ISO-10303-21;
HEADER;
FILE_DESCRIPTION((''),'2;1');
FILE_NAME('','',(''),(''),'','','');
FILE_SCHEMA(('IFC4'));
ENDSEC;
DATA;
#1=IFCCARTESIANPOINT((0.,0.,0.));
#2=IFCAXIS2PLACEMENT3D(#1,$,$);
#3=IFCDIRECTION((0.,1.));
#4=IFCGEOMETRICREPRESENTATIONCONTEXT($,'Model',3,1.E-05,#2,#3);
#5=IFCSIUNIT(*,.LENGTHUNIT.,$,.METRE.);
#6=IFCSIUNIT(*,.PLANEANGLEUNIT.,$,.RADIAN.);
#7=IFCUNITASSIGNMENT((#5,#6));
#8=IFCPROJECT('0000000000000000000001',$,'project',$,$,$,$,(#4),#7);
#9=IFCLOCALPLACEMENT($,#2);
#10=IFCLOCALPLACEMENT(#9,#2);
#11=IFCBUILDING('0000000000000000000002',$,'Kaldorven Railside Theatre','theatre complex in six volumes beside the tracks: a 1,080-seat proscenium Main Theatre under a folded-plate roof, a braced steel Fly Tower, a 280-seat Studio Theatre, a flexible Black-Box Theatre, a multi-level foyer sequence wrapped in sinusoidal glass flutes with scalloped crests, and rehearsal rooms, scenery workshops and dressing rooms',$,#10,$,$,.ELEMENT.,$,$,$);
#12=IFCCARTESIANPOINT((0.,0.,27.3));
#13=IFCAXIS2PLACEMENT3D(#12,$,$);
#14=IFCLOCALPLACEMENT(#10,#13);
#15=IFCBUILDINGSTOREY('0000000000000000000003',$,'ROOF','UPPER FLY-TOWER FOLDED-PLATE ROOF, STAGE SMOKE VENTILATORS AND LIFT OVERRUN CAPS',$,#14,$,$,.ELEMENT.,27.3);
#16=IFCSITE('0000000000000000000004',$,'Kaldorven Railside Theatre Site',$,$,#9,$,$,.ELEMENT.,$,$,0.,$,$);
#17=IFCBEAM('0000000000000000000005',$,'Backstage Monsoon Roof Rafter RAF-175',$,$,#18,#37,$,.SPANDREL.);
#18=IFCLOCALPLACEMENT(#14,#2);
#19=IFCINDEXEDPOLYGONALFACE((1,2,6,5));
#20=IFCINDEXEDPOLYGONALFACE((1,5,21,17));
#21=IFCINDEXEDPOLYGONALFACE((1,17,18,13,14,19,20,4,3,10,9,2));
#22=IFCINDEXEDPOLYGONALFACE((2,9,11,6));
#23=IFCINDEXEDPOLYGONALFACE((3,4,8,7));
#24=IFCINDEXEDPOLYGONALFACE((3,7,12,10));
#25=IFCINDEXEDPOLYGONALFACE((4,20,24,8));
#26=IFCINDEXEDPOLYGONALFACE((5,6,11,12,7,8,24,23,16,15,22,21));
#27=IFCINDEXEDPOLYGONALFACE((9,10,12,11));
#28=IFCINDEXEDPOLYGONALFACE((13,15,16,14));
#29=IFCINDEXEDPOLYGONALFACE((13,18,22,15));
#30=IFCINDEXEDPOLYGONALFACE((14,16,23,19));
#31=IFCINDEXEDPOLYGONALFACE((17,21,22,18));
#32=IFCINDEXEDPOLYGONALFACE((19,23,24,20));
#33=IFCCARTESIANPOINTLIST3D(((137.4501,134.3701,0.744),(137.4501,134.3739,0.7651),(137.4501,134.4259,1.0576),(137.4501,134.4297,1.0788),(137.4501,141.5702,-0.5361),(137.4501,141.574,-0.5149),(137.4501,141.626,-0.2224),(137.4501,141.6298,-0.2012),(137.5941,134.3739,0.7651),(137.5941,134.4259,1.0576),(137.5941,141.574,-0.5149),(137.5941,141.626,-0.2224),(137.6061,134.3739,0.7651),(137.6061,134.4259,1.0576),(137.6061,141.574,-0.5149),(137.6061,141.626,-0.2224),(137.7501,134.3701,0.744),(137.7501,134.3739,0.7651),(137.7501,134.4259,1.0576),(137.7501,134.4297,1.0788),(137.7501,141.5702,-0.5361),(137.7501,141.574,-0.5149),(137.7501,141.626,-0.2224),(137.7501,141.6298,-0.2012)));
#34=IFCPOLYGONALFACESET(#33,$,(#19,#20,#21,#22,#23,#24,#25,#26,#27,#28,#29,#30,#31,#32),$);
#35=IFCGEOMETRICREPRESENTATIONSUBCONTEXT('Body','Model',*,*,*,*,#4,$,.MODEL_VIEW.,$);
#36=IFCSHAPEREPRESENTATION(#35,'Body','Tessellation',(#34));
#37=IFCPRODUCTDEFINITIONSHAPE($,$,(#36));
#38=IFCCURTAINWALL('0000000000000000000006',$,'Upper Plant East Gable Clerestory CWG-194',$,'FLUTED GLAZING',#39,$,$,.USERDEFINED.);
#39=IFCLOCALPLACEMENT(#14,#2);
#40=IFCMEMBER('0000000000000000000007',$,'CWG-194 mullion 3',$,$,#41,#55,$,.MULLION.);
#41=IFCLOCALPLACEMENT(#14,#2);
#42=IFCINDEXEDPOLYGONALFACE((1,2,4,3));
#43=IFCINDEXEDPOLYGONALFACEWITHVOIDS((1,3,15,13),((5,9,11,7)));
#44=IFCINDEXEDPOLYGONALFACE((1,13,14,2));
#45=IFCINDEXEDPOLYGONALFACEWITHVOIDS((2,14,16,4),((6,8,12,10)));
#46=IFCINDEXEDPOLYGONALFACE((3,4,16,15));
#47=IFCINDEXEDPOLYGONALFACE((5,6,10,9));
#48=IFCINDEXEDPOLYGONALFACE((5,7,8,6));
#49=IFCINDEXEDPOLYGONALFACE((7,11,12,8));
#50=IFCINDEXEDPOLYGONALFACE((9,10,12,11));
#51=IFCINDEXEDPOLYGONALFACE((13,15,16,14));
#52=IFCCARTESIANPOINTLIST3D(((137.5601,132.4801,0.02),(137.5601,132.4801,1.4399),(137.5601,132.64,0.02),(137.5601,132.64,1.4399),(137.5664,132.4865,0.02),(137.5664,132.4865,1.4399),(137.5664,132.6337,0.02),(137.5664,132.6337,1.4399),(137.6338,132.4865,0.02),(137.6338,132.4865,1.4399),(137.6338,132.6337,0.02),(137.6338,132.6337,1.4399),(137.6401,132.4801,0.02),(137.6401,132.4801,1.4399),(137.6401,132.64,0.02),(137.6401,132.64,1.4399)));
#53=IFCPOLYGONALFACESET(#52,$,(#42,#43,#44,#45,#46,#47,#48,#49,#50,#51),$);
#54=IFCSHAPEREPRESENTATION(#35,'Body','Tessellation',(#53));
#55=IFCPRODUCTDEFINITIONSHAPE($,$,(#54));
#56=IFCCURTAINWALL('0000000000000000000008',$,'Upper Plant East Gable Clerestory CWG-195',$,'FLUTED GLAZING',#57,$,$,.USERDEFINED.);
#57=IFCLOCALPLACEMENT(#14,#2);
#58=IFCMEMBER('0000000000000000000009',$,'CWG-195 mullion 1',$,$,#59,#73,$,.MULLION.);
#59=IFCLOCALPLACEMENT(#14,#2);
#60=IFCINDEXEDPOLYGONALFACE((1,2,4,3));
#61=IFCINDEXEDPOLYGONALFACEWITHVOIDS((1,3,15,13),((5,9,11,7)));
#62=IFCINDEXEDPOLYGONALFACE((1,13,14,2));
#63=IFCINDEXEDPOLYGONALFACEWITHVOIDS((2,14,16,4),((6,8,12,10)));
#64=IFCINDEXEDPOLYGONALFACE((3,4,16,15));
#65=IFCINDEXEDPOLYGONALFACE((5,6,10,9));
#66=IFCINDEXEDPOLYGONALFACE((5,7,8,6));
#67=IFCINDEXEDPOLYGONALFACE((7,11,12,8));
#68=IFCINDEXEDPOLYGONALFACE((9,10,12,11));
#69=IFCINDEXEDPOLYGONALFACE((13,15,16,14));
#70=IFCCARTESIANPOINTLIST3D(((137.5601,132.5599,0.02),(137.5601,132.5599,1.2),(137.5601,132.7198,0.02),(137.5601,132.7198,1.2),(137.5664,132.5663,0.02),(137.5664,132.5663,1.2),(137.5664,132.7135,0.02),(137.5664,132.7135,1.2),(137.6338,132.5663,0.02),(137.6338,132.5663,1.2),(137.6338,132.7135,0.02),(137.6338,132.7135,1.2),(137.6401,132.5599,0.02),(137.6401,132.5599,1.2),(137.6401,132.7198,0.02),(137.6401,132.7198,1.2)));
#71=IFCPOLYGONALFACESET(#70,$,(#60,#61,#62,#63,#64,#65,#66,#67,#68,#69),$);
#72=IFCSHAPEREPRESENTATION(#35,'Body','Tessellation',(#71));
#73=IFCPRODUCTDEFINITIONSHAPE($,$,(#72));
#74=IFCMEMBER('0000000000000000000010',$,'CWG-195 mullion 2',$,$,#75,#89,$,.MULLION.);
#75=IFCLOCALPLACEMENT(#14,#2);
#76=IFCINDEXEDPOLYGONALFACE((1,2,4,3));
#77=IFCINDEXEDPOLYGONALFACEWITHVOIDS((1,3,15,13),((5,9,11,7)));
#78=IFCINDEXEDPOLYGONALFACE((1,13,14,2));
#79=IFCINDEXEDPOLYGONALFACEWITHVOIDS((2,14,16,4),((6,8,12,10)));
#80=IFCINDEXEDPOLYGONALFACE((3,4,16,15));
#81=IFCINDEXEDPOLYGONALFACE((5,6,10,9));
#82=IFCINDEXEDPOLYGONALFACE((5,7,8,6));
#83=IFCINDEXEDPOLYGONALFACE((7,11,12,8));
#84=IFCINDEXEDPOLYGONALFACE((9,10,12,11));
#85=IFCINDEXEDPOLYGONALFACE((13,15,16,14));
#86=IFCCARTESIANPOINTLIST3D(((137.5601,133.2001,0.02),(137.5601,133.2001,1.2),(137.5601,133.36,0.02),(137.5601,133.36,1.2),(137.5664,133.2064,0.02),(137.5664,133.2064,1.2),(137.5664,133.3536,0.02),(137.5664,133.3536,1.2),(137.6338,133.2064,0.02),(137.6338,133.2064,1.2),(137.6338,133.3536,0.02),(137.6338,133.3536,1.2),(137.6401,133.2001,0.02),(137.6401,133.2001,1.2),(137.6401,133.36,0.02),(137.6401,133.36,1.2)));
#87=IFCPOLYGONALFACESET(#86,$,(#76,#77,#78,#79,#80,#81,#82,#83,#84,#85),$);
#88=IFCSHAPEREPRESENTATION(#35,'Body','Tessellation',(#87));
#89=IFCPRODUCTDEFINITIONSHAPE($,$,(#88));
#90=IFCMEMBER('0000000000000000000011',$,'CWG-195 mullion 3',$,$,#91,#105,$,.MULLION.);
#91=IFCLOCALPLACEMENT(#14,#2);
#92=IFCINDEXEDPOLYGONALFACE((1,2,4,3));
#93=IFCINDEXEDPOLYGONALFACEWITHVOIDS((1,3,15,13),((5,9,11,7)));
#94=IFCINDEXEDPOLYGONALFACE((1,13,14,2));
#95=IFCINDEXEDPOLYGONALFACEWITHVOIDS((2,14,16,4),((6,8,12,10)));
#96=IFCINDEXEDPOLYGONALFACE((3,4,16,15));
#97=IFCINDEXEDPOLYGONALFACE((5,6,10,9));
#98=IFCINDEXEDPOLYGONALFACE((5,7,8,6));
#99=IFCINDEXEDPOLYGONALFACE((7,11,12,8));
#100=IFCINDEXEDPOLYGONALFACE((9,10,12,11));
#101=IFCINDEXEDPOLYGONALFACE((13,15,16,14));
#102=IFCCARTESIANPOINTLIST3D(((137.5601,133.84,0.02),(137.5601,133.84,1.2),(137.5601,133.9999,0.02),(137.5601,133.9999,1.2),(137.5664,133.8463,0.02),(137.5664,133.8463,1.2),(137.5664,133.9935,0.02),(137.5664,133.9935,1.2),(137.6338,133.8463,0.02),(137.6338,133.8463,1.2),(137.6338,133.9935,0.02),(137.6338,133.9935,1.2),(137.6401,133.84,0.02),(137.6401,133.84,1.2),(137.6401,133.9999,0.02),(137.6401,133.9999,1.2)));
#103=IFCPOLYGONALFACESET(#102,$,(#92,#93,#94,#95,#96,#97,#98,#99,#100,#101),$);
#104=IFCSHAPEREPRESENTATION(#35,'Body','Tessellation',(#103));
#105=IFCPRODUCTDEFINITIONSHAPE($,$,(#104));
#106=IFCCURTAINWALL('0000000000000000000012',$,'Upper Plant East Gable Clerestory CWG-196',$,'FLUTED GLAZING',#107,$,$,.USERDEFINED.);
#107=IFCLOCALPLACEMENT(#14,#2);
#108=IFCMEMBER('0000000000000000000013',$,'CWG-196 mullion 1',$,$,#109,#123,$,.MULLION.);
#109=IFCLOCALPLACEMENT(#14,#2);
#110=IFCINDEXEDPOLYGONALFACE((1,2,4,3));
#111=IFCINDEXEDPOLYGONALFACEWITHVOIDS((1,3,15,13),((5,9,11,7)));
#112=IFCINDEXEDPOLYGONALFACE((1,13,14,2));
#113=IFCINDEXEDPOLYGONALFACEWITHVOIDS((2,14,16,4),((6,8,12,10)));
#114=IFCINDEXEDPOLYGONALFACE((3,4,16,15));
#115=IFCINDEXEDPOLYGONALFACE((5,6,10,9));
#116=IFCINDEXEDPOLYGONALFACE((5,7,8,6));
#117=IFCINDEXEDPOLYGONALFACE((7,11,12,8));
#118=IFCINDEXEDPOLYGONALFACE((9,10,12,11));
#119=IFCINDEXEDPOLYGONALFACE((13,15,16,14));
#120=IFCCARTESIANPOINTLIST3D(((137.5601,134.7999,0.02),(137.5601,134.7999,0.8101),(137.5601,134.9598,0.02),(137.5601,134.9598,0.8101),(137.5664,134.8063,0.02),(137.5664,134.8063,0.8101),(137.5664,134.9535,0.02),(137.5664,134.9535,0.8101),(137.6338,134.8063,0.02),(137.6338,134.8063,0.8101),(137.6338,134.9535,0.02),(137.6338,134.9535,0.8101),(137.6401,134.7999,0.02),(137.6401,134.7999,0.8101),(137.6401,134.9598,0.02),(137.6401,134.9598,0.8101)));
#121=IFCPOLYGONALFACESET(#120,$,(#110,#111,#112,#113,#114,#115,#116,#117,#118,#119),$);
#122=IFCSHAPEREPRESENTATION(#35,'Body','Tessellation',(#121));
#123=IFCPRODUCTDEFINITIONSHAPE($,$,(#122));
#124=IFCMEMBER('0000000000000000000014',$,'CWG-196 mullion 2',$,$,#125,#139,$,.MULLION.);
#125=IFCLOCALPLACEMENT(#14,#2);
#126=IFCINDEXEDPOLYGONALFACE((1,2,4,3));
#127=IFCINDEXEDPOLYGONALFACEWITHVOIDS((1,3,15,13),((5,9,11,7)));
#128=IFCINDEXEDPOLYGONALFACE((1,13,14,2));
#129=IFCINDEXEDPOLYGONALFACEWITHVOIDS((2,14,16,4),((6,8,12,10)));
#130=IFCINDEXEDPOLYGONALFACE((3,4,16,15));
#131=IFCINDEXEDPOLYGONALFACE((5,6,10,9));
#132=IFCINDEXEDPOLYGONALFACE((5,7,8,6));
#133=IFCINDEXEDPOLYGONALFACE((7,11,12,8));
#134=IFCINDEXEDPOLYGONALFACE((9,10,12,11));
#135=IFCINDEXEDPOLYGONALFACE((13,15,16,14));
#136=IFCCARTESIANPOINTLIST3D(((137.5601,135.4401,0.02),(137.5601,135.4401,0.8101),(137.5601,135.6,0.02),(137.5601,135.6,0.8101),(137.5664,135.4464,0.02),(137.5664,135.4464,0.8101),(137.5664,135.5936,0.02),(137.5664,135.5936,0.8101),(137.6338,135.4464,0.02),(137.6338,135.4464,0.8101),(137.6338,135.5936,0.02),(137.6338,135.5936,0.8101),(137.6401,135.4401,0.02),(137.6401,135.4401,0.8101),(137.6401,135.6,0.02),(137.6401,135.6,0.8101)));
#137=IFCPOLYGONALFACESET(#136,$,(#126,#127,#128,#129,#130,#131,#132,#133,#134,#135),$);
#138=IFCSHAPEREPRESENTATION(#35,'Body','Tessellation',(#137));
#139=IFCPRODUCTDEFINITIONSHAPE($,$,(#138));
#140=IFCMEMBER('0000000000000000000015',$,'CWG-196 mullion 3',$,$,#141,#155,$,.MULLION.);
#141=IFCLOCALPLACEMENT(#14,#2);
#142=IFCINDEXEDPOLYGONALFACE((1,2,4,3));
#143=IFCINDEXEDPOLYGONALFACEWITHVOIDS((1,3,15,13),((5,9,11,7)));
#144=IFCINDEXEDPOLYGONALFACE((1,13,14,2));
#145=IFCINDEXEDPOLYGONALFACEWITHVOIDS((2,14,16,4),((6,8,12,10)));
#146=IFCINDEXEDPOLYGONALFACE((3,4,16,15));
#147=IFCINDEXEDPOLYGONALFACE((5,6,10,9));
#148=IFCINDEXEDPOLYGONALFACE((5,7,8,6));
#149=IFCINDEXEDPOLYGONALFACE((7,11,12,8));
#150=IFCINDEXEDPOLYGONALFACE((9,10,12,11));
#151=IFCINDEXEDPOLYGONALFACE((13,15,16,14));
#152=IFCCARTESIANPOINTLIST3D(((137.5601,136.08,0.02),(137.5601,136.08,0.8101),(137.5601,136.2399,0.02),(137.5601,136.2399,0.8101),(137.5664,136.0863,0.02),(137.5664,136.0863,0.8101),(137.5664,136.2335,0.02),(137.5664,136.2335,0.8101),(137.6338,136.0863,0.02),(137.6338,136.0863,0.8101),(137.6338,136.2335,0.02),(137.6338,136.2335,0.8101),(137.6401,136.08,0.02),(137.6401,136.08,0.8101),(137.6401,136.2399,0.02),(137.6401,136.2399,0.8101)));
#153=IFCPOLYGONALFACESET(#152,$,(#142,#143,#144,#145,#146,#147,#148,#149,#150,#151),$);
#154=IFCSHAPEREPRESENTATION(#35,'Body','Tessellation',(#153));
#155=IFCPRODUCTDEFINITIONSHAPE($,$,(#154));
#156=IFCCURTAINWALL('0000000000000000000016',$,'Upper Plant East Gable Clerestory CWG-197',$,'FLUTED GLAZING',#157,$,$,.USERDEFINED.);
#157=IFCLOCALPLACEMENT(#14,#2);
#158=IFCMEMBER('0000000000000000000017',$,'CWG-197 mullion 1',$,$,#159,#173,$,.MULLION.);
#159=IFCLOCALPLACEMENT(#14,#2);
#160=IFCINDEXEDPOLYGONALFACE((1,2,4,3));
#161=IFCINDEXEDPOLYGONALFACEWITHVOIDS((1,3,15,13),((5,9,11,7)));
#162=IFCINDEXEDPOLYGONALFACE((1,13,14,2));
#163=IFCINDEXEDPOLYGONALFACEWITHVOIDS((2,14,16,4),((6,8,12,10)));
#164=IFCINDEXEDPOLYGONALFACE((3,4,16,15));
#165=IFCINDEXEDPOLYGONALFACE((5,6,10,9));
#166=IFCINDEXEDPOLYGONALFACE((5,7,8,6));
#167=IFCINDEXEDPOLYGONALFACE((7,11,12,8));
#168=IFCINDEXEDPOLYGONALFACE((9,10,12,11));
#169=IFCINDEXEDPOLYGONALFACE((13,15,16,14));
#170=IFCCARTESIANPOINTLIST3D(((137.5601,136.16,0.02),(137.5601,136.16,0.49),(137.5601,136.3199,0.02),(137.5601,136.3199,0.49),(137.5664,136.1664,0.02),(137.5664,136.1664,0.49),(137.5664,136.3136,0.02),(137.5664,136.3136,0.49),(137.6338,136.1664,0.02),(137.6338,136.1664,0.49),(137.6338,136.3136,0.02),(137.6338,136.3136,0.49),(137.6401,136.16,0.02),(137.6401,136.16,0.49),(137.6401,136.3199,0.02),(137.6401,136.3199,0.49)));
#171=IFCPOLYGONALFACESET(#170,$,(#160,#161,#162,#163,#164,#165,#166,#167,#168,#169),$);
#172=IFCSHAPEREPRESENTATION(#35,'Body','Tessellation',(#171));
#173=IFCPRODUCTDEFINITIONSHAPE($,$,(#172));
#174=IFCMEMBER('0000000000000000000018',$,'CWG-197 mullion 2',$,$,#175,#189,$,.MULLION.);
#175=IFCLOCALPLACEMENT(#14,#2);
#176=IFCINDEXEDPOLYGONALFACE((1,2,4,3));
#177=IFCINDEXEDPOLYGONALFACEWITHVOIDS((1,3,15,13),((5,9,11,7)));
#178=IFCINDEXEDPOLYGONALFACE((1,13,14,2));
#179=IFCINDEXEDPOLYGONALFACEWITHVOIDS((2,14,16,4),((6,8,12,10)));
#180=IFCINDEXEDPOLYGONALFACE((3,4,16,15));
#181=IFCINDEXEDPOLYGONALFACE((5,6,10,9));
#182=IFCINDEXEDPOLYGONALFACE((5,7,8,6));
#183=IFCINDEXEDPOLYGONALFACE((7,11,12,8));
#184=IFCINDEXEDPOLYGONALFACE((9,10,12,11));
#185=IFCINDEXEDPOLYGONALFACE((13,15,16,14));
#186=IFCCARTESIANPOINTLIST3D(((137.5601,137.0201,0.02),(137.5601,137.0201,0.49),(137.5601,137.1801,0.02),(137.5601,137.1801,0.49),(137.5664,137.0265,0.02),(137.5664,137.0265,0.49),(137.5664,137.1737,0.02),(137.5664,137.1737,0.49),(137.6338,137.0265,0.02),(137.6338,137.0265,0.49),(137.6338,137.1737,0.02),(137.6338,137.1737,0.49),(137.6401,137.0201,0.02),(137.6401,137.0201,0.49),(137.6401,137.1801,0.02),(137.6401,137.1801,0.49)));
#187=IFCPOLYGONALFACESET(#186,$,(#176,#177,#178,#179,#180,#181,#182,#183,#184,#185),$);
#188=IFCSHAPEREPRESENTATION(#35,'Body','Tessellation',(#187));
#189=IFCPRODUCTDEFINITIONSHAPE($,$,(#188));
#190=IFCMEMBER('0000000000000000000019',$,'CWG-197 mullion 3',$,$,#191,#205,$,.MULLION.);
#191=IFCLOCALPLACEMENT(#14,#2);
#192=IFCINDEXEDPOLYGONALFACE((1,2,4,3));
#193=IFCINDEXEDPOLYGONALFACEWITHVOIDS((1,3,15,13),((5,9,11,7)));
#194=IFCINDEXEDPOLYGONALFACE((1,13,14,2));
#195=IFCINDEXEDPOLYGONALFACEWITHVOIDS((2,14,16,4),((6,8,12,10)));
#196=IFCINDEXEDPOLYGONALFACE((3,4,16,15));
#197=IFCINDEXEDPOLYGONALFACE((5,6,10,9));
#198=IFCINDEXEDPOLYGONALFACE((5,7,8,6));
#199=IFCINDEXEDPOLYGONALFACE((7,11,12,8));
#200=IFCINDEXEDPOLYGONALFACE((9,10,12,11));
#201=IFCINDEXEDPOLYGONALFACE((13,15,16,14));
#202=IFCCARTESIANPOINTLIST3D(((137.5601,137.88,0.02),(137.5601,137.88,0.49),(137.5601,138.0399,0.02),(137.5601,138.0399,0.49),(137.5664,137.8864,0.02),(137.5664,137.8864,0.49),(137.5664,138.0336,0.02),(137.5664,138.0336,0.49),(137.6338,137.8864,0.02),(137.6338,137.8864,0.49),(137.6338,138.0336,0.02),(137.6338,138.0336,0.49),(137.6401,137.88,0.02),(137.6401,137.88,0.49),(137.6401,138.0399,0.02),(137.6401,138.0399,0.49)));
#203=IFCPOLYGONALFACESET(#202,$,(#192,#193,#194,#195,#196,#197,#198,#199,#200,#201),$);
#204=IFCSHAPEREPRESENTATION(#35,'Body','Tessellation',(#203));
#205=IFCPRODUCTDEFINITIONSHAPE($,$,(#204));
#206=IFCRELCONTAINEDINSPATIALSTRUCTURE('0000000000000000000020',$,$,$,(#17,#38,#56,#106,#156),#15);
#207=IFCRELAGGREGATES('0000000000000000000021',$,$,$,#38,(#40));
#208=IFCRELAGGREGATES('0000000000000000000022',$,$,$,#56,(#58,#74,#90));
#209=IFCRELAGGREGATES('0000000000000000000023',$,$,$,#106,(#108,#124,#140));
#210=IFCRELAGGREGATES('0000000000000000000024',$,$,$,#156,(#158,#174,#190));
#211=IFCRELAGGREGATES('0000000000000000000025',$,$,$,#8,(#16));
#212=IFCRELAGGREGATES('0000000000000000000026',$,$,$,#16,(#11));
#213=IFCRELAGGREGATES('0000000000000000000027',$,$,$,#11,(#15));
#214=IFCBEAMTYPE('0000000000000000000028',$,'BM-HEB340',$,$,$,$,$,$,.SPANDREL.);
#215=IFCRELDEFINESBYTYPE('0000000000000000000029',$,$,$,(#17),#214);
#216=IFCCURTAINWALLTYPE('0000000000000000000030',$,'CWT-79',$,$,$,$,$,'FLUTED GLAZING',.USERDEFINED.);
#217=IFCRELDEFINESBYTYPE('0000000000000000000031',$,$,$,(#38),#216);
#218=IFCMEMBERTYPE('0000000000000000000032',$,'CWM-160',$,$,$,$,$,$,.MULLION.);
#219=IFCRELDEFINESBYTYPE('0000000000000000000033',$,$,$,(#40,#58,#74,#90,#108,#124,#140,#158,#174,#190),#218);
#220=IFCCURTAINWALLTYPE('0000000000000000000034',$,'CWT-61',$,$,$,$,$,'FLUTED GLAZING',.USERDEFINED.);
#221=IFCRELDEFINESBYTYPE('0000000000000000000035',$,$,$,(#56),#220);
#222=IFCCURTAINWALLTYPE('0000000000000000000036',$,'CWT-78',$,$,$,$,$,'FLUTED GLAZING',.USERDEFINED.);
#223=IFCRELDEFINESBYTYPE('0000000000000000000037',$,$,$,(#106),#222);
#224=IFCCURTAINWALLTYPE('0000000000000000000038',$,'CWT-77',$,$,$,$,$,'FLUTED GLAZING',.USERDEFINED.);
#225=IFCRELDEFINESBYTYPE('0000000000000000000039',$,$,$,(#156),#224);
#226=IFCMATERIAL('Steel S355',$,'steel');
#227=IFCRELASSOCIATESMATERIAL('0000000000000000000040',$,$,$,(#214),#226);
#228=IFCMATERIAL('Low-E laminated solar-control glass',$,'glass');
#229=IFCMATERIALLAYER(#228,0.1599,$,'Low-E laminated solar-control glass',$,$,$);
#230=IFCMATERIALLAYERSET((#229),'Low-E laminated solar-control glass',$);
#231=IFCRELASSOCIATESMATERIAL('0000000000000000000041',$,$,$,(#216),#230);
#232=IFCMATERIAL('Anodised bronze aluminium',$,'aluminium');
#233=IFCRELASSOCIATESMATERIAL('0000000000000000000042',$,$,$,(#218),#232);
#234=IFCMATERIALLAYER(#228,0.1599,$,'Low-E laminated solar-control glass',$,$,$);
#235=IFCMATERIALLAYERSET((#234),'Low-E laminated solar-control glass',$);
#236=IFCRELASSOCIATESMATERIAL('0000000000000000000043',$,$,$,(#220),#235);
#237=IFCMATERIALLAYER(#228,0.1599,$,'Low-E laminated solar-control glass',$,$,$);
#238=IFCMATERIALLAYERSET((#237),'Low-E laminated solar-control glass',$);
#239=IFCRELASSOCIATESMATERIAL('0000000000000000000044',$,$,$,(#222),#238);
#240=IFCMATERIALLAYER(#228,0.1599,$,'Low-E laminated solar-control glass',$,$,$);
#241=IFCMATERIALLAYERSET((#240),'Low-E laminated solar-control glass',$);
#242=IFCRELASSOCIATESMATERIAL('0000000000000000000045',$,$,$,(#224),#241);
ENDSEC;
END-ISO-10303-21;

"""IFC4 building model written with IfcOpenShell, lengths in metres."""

from ifc_helpers import new_model, si_unit, direction, frame, origin, origin_2d, place, context, subcontext, project, spatial, hollow_rectangle, i_section, extrude, material, layer, layer_set, material_profile, profile_set, type_object, element, aggregate, save


model = new_model("IFC4")

# Units and contexts
model_context = context("Model", 3, precision=1e-05, world=origin(), true_north=direction((0.0, 1.0)))
body_context = subcontext(model_context, "Body", "Model", "MODEL_VIEW")
ifc_project = project(units=[si_unit("LENGTHUNIT", "METRE"), si_unit("PLANEANGLEUNIT", "RADIAN")], contexts=[model_context])

# Site, building, storey
site_placement = place(None, origin())
site = spatial("IfcSite", under=ifc_project, at=site_placement, Name="Kaldorven Railside Theatre Site", CompositionType="ELEMENT", RefElevation=0.0)
building_placement = place(site_placement, origin())
building = spatial("IfcBuilding", under=site, at=building_placement, Name="Kaldorven Railside Theatre", Description="theatre complex in six volumes beside the tracks: a 1,080-seat proscenium Main Theatre under a folded-plate roof, a braced steel Fly Tower, a 280-seat Studio Theatre, a flexible Black-Box Theatre, a multi-level foyer sequence wrapped in sinusoidal glass flutes with scalloped crests, and rehearsal rooms, scenery workshops and dressing rooms", CompositionType="ELEMENT")
storey_placement = place(building_placement, frame((0.0, 0.0, 27.3)))
storey = spatial("IfcBuildingStorey", under=building, at=storey_placement, Name="ROOF", Description="UPPER FLY-TOWER FOLDED-PLATE ROOF, STAGE SMOKE VENTILATORS AND LIFT OVERRUN CAPS", CompositionType="ELEMENT", Elevation=27.3)

# Beam
ifc_material_1 = material(Name="Steel S355", Category="steel")
ifc_material_profile_1 = material_profile(ifc_material_1, i_section(OverallWidth=0.3, OverallDepth=0.3401, WebThickness=0.012, FlangeThickness=0.0215, at=origin_2d()), Name="HEB 340")
ifc_profile_set_1 = profile_set([ifc_material_profile_1], Name="Steel S355")
beam_type = type_object("IfcBeamType", Name="BM-HEB340", PredefinedType="SPANDREL", material=ifc_profile_set_1)
beam_placement = place(storey_placement, frame((137.6001, 134.3999, 0.9114), z_axis=(0.0, 0.984563, -0.175033), x_axis=(-1.0, 0.0, 0.0)))
element("IfcBeam", 1, at=beam_placement, inside=storey, type_object=beam_type, Name="Backstage Monsoon Roof Rafter RAF-175", PredefinedType="SPANDREL", context=body_context, shape_type="SweptSolid", body=[
    extrude(i_section(OverallWidth=0.3, OverallDepth=0.3401, WebThickness=0.012, FlangeThickness=0.0215, at=origin_2d()), origin(), (0.0, 0.0, 1.0), 7.313),
])

# Curtain wall, member
ifc_material_2 = material(Name="Low-E laminated solar-control glass", Category="glass")
ifc_layer_1 = layer(ifc_material_2, 0.1599, Name="Low-E laminated solar-control glass")
ifc_layer_set_1 = layer_set([ifc_layer_1], Name="Low-E laminated solar-control glass")
curtain_wall_type_1 = type_object("IfcCurtainWallType", Name="CWT-79", ElementType="FLUTED GLAZING", PredefinedType="USERDEFINED", material=ifc_layer_set_1)
curtain_wall_1_placement = place(storey_placement, origin())
curtain_wall_1 = element("IfcCurtainWall", 2, at=curtain_wall_1_placement, inside=storey, type_object=curtain_wall_type_1, Name="Upper Plant East Gable Clerestory CWG-194", ObjectType="FLUTED GLAZING", PredefinedType="USERDEFINED")
ifc_material_3 = material(Name="Anodised bronze aluminium", Category="aluminium")
ifc_material_profile_2 = material_profile(ifc_material_3, hollow_rectangle(XDim=0.0801, YDim=0.1599, WallThickness=0.0063, at=origin_2d()), Name="RHS 160x80x6.3")
ifc_profile_set_2 = profile_set([ifc_material_profile_2], Name="Anodised bronze aluminium")
member_type_1 = type_object("IfcMemberType", Name="CWM-160", PredefinedType="MULLION", material=ifc_profile_set_2)
member_1_placement = place(storey_placement, frame((137.6001, 132.5601, 0.02), z_axis=(0.0, 0.0, 1.0), x_axis=(-1.0, 0.0, 0.0)))
member_1 = element("IfcMember", 3, at=member_1_placement, type_object=member_type_1, Name="CWG-194 mullion 3", PredefinedType="MULLION", context=body_context, shape_type="SweptSolid", body=[
    extrude(hollow_rectangle(XDim=0.0801, YDim=0.1599, WallThickness=0.0063, at=origin_2d()), origin(), (0.0, 0.0, 1.0), 1.4199),
])
aggregate(curtain_wall_1, [member_1])

# Curtain walls, members
ifc_layer_2 = layer(ifc_material_2, 0.1599, Name="Low-E laminated solar-control glass")
ifc_layer_set_2 = layer_set([ifc_layer_2], Name="Low-E laminated solar-control glass")
curtain_wall_type_2 = type_object("IfcCurtainWallType", Name="CWT-61", ElementType="FLUTED GLAZING", PredefinedType="USERDEFINED", material=ifc_layer_set_2)
curtain_wall_2_placement = place(storey_placement, origin())
curtain_wall_2 = element("IfcCurtainWall", 4, at=curtain_wall_2_placement, inside=storey, type_object=curtain_wall_type_2, Name="Upper Plant East Gable Clerestory CWG-195", ObjectType="FLUTED GLAZING", PredefinedType="USERDEFINED")
member_2_placement = place(storey_placement, frame((137.6001, 132.6399, 0.02), z_axis=(0.0, 0.0, 1.0), x_axis=(-1.0, 0.0, 0.0)))
member_2 = element("IfcMember", 5, at=member_2_placement, type_object=member_type_1, Name="CWG-195 mullion 1", PredefinedType="MULLION", context=body_context, shape_type="SweptSolid", body=[
    extrude(hollow_rectangle(XDim=0.0801, YDim=0.1599, WallThickness=0.0063, at=origin_2d()), origin(), (0.0, 0.0, 1.0), 1.1799),
])
member_3_placement = place(storey_placement, frame((137.6001, 133.28, 0.02), z_axis=(0.0, 0.0, 1.0), x_axis=(-1.0, 0.0, 0.0)))
member_3 = element("IfcMember", 6, at=member_3_placement, type_object=member_type_1, Name="CWG-195 mullion 2", PredefinedType="MULLION", context=body_context, shape_type="SweptSolid", body=[
    extrude(hollow_rectangle(XDim=0.0801, YDim=0.1599, WallThickness=0.0063, at=origin_2d()), origin(), (0.0, 0.0, 1.0), 1.1799),
])
member_4_placement = place(storey_placement, frame((137.6001, 133.9199, 0.02), z_axis=(0.0, 0.0, 1.0), x_axis=(-1.0, 0.0, 0.0)))
member_4 = element("IfcMember", 7, at=member_4_placement, type_object=member_type_1, Name="CWG-195 mullion 3", PredefinedType="MULLION", context=body_context, shape_type="SweptSolid", body=[
    extrude(hollow_rectangle(XDim=0.0801, YDim=0.1599, WallThickness=0.0063, at=origin_2d()), origin(), (0.0, 0.0, 1.0), 1.1799),
])
ifc_layer_3 = layer(ifc_material_2, 0.1599, Name="Low-E laminated solar-control glass")
ifc_layer_set_3 = layer_set([ifc_layer_3], Name="Low-E laminated solar-control glass")
curtain_wall_type_3 = type_object("IfcCurtainWallType", Name="CWT-78", ElementType="FLUTED GLAZING", PredefinedType="USERDEFINED", material=ifc_layer_set_3)
curtain_wall_3_placement = place(storey_placement, origin())
curtain_wall_3 = element("IfcCurtainWall", 8, at=curtain_wall_3_placement, inside=storey, type_object=curtain_wall_type_3, Name="Upper Plant East Gable Clerestory CWG-196", ObjectType="FLUTED GLAZING", PredefinedType="USERDEFINED")
member_5_placement = place(storey_placement, frame((137.6001, 134.8799, 0.02), z_axis=(0.0, 0.0, 1.0), x_axis=(-1.0, 0.0, 0.0)))
member_5 = element("IfcMember", 9, at=member_5_placement, type_object=member_type_1, Name="CWG-196 mullion 1", PredefinedType="MULLION", context=body_context, shape_type="SweptSolid", body=[
    extrude(hollow_rectangle(XDim=0.0801, YDim=0.1599, WallThickness=0.0063, at=origin_2d()), origin(), (0.0, 0.0, 1.0), 0.79),
])
member_6_placement = place(storey_placement, frame((137.6001, 135.52, 0.02), z_axis=(0.0, 0.0, 1.0), x_axis=(-1.0, 0.0, 0.0)))
member_6 = element("IfcMember", 10, at=member_6_placement, type_object=member_type_1, Name="CWG-196 mullion 2", PredefinedType="MULLION", context=body_context, shape_type="SweptSolid", body=[
    extrude(hollow_rectangle(XDim=0.0801, YDim=0.1599, WallThickness=0.0063, at=origin_2d()), origin(), (0.0, 0.0, 1.0), 0.79),
])
member_7_placement = place(storey_placement, frame((137.6001, 136.1599, 0.02), z_axis=(0.0, 0.0, 1.0), x_axis=(-1.0, 0.0, 0.0)))
member_7 = element("IfcMember", 11, at=member_7_placement, type_object=member_type_1, Name="CWG-196 mullion 3", PredefinedType="MULLION", context=body_context, shape_type="SweptSolid", body=[
    extrude(hollow_rectangle(XDim=0.0801, YDim=0.1599, WallThickness=0.0063, at=origin_2d()), origin(), (0.0, 0.0, 1.0), 0.79),
])
ifc_layer_4 = layer(ifc_material_2, 0.1599, Name="Low-E laminated solar-control glass")
ifc_layer_set_4 = layer_set([ifc_layer_4], Name="Low-E laminated solar-control glass")
curtain_wall_type_4 = type_object("IfcCurtainWallType", Name="CWT-77", ElementType="FLUTED GLAZING", PredefinedType="USERDEFINED", material=ifc_layer_set_4)
curtain_wall_4_placement = place(storey_placement, origin())
curtain_wall_4 = element("IfcCurtainWall", 12, at=curtain_wall_4_placement, inside=storey, type_object=curtain_wall_type_4, Name="Upper Plant East Gable Clerestory CWG-197", ObjectType="FLUTED GLAZING", PredefinedType="USERDEFINED")
member_8_placement = place(storey_placement, frame((137.6001, 136.24, 0.02), z_axis=(0.0, 0.0, 1.0), x_axis=(-1.0, 0.0, 0.0)))
member_8 = element("IfcMember", 13, at=member_8_placement, type_object=member_type_1, Name="CWG-197 mullion 1", PredefinedType="MULLION", context=body_context, shape_type="SweptSolid", body=[
    extrude(hollow_rectangle(XDim=0.0801, YDim=0.1599, WallThickness=0.0063, at=origin_2d()), origin(), (0.0, 0.0, 1.0), 0.47),
])
member_9_placement = place(storey_placement, frame((137.6001, 137.1001, 0.02), z_axis=(0.0, 0.0, 1.0), x_axis=(-1.0, 0.0, 0.0)))
member_9 = element("IfcMember", 14, at=member_9_placement, type_object=member_type_1, Name="CWG-197 mullion 2", PredefinedType="MULLION", context=body_context, shape_type="SweptSolid", body=[
    extrude(hollow_rectangle(XDim=0.0801, YDim=0.1599, WallThickness=0.0063, at=origin_2d()), origin(), (0.0, 0.0, 1.0), 0.47),
])
member_10_placement = place(storey_placement, frame((137.6001, 137.96, 0.02), z_axis=(0.0, 0.0, 1.0), x_axis=(-1.0, 0.0, 0.0)))
member_10 = element("IfcMember", 15, at=member_10_placement, type_object=member_type_1, Name="CWG-197 mullion 3", PredefinedType="MULLION", context=body_context, shape_type="SweptSolid", body=[
    extrude(hollow_rectangle(XDim=0.0801, YDim=0.1599, WallThickness=0.0063, at=origin_2d()), origin(), (0.0, 0.0, 1.0), 0.47),
])

aggregate(curtain_wall_2, [member_2, member_3, member_4])
aggregate(curtain_wall_3, [member_5, member_6, member_7])
aggregate(curtain_wall_4, [member_8, member_9, member_10])

save(model, "model.ifc")
